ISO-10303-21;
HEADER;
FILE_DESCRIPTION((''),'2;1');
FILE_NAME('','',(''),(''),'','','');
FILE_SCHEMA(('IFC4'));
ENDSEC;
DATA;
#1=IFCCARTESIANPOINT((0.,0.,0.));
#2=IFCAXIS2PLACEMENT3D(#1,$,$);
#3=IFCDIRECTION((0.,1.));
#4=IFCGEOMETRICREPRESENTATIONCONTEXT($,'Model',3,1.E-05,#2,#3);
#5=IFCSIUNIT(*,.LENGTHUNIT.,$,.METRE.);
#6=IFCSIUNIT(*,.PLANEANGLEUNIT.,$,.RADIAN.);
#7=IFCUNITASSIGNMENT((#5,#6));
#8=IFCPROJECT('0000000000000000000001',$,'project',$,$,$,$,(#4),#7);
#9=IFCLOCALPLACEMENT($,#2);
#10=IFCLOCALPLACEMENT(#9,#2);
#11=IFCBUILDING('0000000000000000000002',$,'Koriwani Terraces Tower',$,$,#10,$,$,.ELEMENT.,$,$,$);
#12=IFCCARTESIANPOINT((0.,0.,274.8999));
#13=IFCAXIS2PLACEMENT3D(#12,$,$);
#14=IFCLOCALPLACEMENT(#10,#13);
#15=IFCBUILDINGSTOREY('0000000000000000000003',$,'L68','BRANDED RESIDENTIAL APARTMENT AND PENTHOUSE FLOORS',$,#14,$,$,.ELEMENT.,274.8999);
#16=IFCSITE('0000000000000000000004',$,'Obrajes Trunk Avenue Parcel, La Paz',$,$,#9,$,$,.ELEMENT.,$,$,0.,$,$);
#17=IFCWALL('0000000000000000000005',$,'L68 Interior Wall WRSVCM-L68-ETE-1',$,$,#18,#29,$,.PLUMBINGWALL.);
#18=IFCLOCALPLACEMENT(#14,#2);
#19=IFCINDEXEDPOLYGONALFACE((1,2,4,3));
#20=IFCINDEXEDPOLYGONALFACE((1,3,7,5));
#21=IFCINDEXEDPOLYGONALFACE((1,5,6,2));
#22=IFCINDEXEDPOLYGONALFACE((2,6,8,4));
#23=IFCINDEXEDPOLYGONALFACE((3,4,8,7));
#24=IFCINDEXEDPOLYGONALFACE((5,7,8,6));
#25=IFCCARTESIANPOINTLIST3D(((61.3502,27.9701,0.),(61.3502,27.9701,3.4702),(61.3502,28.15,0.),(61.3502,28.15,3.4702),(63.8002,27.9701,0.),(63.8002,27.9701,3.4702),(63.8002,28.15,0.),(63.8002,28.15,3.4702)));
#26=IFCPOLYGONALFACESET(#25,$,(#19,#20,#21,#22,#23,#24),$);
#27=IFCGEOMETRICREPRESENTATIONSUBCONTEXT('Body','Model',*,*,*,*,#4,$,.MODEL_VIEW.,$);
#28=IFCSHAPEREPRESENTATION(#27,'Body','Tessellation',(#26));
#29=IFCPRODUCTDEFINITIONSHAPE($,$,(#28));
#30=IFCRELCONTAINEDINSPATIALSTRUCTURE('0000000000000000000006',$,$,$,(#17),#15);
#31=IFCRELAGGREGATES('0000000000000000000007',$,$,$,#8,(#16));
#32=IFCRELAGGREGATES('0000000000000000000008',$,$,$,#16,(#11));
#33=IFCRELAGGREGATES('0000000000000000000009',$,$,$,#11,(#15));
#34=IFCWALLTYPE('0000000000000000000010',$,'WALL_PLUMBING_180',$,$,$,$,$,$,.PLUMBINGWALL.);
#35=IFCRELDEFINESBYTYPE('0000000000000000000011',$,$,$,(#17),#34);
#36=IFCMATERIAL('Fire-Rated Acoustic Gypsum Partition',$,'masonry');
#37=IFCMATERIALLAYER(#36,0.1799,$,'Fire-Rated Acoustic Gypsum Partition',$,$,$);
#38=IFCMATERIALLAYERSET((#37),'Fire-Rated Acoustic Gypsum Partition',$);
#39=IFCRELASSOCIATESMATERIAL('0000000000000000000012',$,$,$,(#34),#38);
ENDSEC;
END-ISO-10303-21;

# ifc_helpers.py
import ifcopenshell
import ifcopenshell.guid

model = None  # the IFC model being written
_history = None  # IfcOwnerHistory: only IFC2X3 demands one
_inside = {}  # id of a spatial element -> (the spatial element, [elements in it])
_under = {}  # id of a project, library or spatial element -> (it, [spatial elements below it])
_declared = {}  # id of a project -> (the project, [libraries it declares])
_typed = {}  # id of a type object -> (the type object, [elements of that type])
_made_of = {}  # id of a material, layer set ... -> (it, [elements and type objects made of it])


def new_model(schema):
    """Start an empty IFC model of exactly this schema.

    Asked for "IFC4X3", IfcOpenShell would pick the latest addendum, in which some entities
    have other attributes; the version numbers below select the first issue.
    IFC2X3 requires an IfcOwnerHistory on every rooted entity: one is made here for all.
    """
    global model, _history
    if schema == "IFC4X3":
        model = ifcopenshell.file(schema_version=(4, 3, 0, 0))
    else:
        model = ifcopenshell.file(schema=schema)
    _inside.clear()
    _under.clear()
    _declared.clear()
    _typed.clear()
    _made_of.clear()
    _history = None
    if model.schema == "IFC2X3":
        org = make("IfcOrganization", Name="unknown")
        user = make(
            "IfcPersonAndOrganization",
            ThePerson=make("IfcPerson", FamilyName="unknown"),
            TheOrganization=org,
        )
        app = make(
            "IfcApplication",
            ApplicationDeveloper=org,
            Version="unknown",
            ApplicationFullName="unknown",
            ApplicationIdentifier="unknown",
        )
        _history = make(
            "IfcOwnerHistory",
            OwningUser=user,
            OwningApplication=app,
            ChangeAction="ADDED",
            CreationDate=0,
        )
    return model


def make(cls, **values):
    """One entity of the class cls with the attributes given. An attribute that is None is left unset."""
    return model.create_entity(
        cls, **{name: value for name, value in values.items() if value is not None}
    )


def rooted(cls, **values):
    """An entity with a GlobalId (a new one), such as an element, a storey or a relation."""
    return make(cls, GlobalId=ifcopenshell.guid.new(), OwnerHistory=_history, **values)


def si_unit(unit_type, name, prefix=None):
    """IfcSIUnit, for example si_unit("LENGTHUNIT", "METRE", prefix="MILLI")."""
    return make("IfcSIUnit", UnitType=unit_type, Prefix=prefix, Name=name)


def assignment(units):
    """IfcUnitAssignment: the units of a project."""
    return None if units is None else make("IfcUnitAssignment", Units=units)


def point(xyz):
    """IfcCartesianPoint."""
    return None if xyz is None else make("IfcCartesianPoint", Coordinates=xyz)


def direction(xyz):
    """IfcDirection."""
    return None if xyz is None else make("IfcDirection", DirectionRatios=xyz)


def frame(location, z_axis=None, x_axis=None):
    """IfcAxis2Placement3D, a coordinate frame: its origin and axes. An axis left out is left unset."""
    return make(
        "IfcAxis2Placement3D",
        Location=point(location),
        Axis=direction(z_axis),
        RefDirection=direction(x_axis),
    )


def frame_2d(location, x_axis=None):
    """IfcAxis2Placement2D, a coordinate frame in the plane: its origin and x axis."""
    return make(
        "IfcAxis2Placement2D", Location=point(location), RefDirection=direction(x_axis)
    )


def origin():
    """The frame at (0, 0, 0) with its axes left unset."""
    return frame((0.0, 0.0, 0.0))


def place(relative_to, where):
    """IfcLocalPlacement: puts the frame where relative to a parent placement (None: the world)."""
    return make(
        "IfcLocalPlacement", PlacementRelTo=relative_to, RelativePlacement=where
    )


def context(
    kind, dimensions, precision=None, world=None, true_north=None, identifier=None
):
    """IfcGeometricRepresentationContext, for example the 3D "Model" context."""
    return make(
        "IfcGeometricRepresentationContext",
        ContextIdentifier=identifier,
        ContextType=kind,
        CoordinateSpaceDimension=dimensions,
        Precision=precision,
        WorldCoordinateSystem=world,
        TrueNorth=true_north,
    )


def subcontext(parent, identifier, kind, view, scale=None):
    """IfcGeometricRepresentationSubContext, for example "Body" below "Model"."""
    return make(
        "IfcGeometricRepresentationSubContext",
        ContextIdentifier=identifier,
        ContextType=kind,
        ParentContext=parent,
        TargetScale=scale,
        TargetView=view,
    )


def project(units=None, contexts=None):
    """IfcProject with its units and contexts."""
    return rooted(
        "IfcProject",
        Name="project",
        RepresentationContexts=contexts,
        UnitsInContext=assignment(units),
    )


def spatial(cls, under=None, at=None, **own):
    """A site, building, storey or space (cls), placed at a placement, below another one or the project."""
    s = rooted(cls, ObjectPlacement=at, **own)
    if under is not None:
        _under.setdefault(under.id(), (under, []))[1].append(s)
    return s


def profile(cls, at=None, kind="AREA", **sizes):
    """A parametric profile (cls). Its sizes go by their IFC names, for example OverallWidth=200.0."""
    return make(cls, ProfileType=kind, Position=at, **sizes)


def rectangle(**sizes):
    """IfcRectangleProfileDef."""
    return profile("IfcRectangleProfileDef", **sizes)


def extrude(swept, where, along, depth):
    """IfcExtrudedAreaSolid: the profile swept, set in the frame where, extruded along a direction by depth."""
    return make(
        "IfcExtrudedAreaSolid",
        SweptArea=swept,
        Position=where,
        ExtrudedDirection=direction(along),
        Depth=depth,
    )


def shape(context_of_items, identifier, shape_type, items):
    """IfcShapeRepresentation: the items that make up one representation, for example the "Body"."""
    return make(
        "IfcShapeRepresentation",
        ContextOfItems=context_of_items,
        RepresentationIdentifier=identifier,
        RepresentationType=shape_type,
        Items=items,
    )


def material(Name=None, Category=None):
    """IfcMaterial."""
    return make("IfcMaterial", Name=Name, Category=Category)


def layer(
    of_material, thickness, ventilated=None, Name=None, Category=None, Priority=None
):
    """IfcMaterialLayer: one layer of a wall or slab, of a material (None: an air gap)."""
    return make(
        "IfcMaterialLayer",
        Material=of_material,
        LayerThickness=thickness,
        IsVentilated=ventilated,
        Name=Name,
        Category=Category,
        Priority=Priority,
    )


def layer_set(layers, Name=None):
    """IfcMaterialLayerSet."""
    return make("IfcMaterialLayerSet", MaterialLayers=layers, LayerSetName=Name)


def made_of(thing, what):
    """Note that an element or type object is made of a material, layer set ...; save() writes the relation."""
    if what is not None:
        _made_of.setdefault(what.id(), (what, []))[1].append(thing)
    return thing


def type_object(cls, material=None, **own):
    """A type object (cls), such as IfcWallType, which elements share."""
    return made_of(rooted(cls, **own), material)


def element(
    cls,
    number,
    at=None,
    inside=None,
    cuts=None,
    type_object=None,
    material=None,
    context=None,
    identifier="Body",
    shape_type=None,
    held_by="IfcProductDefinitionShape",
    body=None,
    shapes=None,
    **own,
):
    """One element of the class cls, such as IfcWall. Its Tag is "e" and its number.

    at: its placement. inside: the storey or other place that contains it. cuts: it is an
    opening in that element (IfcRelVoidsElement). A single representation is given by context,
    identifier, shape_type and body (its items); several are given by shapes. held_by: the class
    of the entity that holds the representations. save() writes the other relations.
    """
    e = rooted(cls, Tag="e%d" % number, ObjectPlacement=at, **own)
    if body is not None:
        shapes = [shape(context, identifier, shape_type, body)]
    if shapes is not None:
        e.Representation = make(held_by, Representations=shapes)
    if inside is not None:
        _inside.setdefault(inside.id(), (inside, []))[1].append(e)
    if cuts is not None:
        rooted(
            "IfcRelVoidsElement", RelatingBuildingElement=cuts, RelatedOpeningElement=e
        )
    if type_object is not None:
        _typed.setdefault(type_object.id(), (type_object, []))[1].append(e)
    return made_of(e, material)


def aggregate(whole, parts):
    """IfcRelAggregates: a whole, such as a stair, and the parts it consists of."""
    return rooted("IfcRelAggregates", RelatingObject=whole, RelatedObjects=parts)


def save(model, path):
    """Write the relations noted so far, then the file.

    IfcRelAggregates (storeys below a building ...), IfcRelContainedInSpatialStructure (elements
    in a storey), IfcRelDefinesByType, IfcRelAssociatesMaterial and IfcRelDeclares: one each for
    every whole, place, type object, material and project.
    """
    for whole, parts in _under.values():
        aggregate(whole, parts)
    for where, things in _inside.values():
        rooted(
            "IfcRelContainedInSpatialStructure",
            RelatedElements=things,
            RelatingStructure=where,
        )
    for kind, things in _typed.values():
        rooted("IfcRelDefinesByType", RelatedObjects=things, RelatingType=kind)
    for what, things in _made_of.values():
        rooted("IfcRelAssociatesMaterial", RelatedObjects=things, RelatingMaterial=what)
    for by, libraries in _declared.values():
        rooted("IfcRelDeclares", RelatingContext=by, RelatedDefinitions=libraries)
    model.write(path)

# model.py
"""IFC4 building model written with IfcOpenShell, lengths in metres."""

from ifc_helpers import new_model, si_unit, direction, frame, frame_2d, origin, place, context, subcontext, project, spatial, rectangle, extrude, material, layer, layer_set, type_object, element, save


model = new_model("IFC4")

# Units and contexts
model_context = context("Model", 3, precision=1e-05, world=origin(), true_north=direction((0.0, 1.0)))
body_context = subcontext(model_context, "Body", "Model", "MODEL_VIEW")
ifc_project = project(units=[si_unit("LENGTHUNIT", "METRE"), si_unit("PLANEANGLEUNIT", "RADIAN")], contexts=[model_context])

# Site, building, storey
site_placement = place(None, origin())
site = spatial("IfcSite", under=ifc_project, at=site_placement, Name="Obrajes Trunk Avenue Parcel, La Paz", CompositionType="ELEMENT", RefElevation=0.0)
building_placement = place(site_placement, origin())
building = spatial("IfcBuilding", under=site, at=building_placement, Name="Koriwani Terraces Tower", CompositionType="ELEMENT")
storey_placement = place(building_placement, frame((0.0, 0.0, 274.8999)))
storey = spatial("IfcBuildingStorey", under=building, at=storey_placement, Name="L68", Description="BRANDED RESIDENTIAL APARTMENT AND PENTHOUSE FLOORS", CompositionType="ELEMENT", Elevation=274.8999)

# Shared definitions
ifc_material_1 = material(Name="Fire-Rated Acoustic Gypsum Partition", Category="masonry")
ifc_layer_1 = layer(ifc_material_1, 0.1799, Name="Fire-Rated Acoustic Gypsum Partition")
ifc_layer_set_1 = layer_set([ifc_layer_1], Name="Fire-Rated Acoustic Gypsum Partition")
wall_type_1 = type_object("IfcWallType", Name="WALL_PLUMBING_180", PredefinedType="PLUMBINGWALL", material=ifc_layer_set_1)

# Wall
wall_1_placement = place(storey_placement, frame((61.3501, 28.0601, 0.0), z_axis=(0.0, 0.0, 1.0), x_axis=(1.0, 0.0, 0.0)))
element("IfcWall", 1, at=wall_1_placement, inside=storey, type_object=wall_type_1, Name="L68 Interior Wall WRSVCM-L68-ETE-1", PredefinedType="PLUMBINGWALL", context=body_context, shape_type="SweptSolid", body=[
    extrude(rectangle(XDim=2.45, YDim=0.1799, at=frame_2d((1.2251, 0.0))), origin(), (0.0, 0.0, 1.0), 3.4702),
])

save(model, "model.ifc")
